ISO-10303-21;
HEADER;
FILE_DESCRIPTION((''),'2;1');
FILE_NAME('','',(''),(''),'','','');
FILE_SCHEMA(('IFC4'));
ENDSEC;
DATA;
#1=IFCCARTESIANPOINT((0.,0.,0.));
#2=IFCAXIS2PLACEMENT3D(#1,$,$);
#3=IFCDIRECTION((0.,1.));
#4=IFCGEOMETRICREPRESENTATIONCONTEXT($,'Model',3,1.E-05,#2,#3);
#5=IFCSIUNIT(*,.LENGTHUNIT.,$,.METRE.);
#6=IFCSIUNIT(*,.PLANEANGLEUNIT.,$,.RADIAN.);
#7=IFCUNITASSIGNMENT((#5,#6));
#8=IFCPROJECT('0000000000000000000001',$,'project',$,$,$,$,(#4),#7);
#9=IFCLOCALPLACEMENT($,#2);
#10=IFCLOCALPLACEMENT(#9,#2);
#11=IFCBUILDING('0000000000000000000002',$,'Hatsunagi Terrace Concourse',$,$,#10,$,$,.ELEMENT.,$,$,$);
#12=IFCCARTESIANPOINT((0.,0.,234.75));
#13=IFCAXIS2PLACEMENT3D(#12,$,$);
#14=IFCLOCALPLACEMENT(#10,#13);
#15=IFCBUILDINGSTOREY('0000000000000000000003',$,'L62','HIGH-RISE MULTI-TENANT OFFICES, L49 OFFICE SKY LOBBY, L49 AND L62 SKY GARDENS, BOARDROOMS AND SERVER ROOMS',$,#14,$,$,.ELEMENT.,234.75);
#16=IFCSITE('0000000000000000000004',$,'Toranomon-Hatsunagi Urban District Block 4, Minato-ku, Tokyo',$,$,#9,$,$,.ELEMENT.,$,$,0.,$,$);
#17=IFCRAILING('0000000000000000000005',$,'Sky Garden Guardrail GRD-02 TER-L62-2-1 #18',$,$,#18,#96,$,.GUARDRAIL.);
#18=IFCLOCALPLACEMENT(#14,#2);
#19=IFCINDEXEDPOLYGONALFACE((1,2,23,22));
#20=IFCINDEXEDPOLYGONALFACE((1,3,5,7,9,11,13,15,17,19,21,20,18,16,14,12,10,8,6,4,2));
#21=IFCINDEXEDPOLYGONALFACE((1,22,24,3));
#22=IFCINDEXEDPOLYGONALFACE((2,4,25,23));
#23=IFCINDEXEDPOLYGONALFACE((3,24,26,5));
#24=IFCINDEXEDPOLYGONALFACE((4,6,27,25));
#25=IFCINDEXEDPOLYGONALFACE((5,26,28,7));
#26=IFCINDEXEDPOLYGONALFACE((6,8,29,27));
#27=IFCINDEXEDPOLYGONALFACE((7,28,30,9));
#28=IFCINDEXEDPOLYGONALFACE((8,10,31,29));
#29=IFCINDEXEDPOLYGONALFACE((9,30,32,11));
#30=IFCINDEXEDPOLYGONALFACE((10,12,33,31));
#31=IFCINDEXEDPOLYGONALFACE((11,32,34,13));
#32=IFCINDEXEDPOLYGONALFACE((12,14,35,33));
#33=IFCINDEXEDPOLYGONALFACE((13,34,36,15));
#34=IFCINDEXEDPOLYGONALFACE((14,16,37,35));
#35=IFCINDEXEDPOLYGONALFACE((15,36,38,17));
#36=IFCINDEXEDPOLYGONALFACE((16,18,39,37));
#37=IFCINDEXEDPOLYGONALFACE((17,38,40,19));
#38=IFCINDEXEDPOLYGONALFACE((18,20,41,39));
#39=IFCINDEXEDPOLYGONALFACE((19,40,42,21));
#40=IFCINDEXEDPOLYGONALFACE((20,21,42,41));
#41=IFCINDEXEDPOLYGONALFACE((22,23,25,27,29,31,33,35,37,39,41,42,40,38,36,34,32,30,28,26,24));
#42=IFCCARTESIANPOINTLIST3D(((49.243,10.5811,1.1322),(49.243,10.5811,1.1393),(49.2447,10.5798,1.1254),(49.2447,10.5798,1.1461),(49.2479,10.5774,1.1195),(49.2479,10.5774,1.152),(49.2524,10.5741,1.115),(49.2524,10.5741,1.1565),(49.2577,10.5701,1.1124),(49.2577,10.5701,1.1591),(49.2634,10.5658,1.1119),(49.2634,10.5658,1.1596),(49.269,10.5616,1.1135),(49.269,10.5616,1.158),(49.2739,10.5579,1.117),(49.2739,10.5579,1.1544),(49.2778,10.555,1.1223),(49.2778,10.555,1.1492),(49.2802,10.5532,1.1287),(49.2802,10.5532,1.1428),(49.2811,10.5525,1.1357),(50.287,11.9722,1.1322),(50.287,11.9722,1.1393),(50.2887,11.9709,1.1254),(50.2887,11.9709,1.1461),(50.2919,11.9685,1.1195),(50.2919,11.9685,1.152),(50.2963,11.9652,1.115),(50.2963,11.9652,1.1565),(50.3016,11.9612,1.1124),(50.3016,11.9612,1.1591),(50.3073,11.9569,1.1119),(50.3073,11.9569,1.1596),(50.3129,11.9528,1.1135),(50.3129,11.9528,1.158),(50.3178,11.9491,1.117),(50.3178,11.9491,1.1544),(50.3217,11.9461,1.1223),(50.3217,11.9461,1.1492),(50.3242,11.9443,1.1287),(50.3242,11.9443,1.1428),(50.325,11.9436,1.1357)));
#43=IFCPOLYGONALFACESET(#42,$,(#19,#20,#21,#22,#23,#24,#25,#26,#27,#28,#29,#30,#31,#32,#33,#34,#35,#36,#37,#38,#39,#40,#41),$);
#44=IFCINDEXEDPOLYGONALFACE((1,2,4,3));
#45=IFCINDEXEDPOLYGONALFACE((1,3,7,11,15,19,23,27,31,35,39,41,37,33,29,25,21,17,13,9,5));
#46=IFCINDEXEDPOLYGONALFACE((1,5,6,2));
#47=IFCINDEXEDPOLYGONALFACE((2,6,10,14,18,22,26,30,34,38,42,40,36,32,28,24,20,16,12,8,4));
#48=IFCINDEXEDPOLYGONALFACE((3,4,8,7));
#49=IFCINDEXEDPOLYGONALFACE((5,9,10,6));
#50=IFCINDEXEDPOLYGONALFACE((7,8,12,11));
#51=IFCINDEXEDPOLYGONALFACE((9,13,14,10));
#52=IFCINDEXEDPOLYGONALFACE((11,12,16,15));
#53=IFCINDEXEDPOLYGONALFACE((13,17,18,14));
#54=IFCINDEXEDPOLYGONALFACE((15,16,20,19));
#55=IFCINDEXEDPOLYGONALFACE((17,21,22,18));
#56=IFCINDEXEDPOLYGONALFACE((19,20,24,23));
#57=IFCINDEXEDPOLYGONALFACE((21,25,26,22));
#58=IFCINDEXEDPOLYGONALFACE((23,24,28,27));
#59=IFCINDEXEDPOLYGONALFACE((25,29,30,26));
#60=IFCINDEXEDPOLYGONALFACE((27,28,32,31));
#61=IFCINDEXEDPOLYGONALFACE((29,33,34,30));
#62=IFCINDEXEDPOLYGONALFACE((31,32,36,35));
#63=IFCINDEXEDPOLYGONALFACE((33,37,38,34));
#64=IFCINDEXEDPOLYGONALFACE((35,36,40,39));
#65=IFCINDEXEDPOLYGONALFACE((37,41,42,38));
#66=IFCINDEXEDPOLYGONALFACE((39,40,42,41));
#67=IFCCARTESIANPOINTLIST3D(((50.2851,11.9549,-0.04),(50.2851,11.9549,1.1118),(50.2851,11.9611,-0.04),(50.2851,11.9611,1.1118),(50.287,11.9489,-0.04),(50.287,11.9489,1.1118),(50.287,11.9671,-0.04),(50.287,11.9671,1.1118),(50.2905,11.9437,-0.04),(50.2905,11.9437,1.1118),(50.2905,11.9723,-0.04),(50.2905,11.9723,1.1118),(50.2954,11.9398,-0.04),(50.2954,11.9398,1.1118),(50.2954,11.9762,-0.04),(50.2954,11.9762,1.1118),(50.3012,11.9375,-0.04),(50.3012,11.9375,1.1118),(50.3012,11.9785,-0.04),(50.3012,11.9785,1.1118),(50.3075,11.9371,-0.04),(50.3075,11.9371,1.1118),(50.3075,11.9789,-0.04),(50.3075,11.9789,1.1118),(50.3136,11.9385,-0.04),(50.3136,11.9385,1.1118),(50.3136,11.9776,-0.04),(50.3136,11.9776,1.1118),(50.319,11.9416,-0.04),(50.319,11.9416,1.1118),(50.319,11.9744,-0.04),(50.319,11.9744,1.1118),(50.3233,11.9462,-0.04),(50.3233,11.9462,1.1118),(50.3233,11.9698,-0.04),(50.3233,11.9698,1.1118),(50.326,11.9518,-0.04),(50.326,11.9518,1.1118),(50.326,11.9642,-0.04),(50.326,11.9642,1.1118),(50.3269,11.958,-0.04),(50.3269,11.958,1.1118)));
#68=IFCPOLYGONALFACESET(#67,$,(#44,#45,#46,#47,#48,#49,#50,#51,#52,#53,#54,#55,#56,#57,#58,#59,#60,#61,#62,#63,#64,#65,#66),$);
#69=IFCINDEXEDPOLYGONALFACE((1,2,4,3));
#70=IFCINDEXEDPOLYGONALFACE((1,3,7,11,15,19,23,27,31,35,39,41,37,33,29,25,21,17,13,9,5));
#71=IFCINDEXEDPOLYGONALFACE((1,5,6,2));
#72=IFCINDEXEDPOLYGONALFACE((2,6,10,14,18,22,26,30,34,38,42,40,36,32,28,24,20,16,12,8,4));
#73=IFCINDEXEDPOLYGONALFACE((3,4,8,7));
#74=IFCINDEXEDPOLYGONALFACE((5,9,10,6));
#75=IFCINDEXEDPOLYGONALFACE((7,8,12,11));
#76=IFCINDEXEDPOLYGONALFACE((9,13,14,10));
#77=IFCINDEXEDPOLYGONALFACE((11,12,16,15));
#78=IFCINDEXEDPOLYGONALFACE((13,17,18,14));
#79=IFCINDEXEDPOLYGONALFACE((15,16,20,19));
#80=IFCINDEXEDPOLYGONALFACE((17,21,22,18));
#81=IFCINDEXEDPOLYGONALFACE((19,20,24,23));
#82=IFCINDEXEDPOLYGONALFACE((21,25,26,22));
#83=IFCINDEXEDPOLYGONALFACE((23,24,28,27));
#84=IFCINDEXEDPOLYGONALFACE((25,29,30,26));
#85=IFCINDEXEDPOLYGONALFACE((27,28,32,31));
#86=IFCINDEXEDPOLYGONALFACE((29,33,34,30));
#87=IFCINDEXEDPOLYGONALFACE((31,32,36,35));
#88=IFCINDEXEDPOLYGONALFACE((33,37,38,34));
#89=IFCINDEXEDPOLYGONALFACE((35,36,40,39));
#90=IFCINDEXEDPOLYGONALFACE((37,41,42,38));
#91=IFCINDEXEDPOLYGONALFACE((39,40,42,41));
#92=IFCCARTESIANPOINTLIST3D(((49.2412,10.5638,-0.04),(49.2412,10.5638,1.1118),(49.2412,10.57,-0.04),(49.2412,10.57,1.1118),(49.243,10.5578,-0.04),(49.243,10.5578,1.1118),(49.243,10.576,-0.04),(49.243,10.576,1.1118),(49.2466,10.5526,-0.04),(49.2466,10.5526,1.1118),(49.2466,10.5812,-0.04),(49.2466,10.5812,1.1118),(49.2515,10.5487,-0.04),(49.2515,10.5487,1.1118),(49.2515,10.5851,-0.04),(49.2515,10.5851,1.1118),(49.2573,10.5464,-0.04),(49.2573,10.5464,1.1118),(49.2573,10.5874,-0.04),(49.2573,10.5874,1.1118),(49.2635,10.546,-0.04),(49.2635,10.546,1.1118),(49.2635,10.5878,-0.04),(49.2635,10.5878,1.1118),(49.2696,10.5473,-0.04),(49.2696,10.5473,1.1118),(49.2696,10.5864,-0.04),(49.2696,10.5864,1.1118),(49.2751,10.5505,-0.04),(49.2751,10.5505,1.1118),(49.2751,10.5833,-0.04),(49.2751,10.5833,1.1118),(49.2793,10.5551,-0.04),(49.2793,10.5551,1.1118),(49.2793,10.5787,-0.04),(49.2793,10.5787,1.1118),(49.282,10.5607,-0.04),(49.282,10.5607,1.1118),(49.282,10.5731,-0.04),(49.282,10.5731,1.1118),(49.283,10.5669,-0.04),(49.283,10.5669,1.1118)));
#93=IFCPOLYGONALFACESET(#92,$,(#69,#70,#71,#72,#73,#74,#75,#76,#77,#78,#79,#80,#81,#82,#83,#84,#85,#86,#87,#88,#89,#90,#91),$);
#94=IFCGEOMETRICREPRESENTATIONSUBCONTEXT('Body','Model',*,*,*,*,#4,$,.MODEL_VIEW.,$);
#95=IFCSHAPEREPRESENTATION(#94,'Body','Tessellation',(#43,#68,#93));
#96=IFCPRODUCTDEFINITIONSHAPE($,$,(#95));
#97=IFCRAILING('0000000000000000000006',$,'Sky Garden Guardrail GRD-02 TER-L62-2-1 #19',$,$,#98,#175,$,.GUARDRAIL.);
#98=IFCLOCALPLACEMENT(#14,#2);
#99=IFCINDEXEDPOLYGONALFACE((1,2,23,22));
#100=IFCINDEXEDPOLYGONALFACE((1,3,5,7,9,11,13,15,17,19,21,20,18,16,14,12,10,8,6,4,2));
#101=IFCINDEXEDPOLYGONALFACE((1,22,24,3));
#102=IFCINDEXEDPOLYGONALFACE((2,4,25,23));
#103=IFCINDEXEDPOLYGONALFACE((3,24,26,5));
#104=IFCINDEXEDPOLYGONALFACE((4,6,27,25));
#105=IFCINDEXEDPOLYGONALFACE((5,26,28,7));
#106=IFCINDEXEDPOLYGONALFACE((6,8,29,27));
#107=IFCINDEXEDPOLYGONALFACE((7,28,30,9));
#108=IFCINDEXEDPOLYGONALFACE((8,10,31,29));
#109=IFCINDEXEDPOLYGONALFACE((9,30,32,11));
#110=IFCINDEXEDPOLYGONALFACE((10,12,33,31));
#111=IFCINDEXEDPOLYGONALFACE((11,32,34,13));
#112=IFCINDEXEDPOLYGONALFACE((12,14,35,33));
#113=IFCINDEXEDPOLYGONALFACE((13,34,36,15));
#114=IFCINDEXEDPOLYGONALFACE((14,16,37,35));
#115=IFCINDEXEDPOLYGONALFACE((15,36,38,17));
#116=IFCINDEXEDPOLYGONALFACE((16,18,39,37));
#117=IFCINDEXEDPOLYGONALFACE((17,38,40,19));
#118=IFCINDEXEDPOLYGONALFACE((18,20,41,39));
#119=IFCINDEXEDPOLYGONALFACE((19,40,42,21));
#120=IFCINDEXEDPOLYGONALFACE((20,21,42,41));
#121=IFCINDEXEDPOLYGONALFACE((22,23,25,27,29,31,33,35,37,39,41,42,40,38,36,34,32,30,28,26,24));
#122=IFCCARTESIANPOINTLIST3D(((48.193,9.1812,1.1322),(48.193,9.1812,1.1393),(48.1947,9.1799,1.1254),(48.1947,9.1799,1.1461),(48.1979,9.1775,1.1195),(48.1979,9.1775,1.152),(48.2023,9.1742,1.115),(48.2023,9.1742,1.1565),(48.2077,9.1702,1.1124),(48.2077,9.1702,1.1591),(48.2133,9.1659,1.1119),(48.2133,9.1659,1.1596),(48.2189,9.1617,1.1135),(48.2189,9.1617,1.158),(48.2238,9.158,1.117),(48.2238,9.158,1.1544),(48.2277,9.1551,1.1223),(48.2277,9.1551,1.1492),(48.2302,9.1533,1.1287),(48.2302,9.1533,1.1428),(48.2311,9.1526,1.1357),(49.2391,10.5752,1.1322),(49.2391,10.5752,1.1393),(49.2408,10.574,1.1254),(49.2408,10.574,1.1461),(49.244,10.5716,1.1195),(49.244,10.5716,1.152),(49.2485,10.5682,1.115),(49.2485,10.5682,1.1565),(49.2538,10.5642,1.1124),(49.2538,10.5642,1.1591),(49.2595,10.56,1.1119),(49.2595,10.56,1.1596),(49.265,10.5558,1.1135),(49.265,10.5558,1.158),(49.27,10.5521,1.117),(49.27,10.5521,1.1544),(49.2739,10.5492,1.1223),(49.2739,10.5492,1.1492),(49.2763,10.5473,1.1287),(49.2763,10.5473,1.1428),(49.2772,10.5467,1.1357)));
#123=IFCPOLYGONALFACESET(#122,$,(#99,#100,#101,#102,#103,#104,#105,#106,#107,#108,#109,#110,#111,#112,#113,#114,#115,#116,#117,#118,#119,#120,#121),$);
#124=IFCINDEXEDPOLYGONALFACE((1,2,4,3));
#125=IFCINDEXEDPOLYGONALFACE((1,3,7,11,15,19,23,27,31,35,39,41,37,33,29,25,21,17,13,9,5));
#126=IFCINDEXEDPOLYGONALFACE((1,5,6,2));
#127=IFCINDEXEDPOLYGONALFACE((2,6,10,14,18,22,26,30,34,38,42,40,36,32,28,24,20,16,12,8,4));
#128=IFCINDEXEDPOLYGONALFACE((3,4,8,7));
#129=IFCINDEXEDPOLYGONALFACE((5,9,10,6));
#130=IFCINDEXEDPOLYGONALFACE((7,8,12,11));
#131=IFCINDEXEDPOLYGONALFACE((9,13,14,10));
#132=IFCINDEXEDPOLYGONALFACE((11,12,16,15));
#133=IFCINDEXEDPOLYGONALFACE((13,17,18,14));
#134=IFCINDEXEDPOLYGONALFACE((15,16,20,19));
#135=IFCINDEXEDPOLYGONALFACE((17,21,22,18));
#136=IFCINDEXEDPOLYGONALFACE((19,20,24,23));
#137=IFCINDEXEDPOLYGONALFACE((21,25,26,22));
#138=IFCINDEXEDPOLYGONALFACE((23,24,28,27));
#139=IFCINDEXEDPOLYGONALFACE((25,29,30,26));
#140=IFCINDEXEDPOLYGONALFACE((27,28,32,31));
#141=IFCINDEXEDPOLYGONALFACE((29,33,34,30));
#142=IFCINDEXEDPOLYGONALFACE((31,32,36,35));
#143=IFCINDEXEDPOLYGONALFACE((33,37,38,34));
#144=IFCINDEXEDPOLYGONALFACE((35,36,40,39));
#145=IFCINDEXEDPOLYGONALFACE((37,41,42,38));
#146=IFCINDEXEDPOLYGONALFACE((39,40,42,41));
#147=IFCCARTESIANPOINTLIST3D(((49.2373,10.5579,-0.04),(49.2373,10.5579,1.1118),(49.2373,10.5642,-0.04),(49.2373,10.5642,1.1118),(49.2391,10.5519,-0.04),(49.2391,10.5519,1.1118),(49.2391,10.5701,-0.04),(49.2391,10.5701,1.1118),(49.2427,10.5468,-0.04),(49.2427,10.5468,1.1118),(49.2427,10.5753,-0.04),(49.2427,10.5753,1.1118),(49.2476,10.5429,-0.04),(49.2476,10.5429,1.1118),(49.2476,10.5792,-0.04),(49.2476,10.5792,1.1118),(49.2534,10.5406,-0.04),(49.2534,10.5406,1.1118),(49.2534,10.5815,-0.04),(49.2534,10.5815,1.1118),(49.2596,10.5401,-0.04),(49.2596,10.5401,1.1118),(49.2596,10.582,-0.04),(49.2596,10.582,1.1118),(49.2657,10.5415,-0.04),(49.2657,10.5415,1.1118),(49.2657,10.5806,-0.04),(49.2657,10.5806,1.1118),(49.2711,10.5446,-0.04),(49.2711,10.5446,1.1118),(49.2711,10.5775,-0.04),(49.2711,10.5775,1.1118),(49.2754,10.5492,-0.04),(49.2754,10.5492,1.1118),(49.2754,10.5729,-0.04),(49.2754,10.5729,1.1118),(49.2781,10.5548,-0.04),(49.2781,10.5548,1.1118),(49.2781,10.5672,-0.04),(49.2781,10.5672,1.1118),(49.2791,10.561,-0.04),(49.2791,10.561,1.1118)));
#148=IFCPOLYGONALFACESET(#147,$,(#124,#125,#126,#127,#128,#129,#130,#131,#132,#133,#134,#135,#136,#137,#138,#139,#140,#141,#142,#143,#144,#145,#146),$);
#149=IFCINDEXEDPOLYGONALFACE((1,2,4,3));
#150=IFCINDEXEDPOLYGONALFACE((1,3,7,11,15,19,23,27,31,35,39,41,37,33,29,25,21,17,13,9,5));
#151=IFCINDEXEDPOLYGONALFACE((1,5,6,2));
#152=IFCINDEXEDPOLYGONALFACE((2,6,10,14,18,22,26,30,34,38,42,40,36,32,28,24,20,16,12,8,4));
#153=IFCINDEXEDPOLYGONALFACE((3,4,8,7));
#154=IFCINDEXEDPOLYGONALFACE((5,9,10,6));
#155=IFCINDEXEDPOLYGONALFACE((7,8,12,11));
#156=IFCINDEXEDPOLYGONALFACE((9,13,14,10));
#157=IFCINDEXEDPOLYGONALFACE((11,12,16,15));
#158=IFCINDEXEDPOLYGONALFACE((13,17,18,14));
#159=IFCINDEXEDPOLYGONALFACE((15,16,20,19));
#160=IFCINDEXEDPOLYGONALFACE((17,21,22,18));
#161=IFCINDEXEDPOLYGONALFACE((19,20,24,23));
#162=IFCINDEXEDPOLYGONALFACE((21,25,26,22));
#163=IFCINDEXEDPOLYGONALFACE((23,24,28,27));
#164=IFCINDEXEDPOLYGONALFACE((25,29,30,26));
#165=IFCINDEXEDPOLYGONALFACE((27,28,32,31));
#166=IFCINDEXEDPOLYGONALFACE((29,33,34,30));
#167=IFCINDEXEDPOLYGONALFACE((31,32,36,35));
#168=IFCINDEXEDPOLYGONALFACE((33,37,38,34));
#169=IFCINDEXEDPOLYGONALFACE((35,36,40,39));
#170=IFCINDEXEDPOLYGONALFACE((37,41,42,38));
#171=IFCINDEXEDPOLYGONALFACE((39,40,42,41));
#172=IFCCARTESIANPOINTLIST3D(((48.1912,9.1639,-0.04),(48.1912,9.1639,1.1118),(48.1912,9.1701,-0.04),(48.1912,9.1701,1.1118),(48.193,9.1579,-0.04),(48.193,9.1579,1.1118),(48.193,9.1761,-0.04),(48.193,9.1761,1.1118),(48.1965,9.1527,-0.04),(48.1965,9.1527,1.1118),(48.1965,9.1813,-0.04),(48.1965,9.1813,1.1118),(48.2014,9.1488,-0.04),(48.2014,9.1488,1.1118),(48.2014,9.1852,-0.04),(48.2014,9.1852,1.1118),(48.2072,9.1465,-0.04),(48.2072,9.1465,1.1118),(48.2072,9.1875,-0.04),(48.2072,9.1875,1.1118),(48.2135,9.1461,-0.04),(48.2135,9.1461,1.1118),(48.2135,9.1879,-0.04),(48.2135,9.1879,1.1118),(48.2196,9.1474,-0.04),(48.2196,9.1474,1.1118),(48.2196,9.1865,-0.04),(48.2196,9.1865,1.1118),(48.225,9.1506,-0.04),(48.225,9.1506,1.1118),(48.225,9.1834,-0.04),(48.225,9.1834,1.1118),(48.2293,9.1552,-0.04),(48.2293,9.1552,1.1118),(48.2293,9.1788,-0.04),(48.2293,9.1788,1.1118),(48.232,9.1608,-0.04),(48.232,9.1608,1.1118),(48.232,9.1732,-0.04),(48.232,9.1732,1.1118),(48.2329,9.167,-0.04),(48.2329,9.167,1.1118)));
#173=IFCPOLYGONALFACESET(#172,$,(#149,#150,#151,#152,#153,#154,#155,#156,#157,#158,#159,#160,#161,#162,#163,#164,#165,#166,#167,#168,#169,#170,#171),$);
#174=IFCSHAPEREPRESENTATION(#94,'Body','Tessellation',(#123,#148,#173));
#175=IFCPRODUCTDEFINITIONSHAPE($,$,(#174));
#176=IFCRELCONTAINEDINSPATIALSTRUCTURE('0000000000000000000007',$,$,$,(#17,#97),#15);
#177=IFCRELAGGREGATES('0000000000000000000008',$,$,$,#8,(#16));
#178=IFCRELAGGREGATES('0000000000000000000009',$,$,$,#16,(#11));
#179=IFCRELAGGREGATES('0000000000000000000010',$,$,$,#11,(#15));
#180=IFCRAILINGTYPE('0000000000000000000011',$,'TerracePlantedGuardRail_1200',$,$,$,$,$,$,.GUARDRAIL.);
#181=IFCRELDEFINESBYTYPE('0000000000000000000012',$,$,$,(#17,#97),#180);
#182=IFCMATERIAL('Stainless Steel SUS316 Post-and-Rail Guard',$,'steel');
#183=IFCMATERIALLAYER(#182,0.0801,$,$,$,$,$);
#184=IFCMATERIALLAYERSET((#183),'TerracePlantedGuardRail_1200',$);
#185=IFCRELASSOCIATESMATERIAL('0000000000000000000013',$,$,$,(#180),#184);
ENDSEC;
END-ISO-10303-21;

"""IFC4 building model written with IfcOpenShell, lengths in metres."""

from ifc_helpers import new_model, si_unit, direction, frame, origin, origin_2d, place, context, subcontext, project, spatial, circle, extrude, material, layer, layer_set, type_object, element, save


model = new_model("IFC4")

# Units and contexts
model_context = context("Model", 3, precision=1e-05, world=origin(), true_north=direction((0.0, 1.0)))
body_context = subcontext(model_context, "Body", "Model", "MODEL_VIEW")
ifc_project = project(units=[si_unit("LENGTHUNIT", "METRE"), si_unit("PLANEANGLEUNIT", "RADIAN")], contexts=[model_context])

# Site, building, storey
site_placement = place(None, origin())
site = spatial("IfcSite", under=ifc_project, at=site_placement, Name="Toranomon-Hatsunagi Urban District Block 4, Minato-ku, Tokyo", CompositionType="ELEMENT", RefElevation=0.0)
building_placement = place(site_placement, origin())
building = spatial("IfcBuilding", under=site, at=building_placement, Name="Hatsunagi Terrace Concourse", CompositionType="ELEMENT")
storey_placement = place(building_placement, frame((0.0, 0.0, 234.75)))
storey = spatial("IfcBuildingStorey", under=building, at=storey_placement, Name="L62", Description="HIGH-RISE MULTI-TENANT OFFICES, L49 OFFICE SKY LOBBY, L49 AND L62 SKY GARDENS, BOARDROOMS AND SERVER ROOMS", CompositionType="ELEMENT", Elevation=234.75)

# Railings
ifc_material_1 = material(Name="Stainless Steel SUS316 Post-and-Rail Guard", Category="steel")
ifc_layer_1 = layer(ifc_material_1, 0.0801)
ifc_layer_set_1 = layer_set([ifc_layer_1], Name="TerracePlantedGuardRail_1200")
railing_type = type_object("IfcRailingType", Name="TerracePlantedGuardRail_1200", PredefinedType="GUARDRAIL", material=ifc_layer_set_1)
railing_1_placement = place(storey_placement, frame((50.3059, 11.958, -0.04)))
element("IfcRailing", 1, at=railing_1_placement, inside=storey, type_object=railing_type, Name="Sky Garden Guardrail GRD-02 TER-L62-2-1 #18", PredefinedType="GUARDRAIL", context=body_context, shape_type="SweptSolid", body=[
    extrude(circle(Radius=0.0239, at=origin_2d()), frame((0.0, 0.0, 1.1758), z_axis=(-0.600225, -0.799832, 0.0), x_axis=(0.799832, -0.600225, 0.0)), (0.0, 0.0, 1.0), 1.7393),
    extrude(circle(Radius=0.021, at=origin_2d()), origin(), (0.0, 0.0, 1.0), 1.1519),
    extrude(circle(Radius=0.021, at=origin_2d()), frame((-1.0439, -1.3911, 0.0)), (0.0, 0.0, 1.0), 1.1519),
])
railing_2_placement = place(storey_placement, frame((49.2581, 10.561, -0.04)))
element("IfcRailing", 2, at=railing_2_placement, inside=storey, type_object=railing_type, Name="Sky Garden Guardrail GRD-02 TER-L62-2-1 #19", PredefinedType="GUARDRAIL", context=body_context, shape_type="SweptSolid", body=[
    extrude(circle(Radius=0.0239, at=origin_2d()), frame((0.0, 0.0, 1.1758), z_axis=(-0.600224, -0.799832, 0.0), x_axis=(0.799832, -0.600224, 0.0)), (0.0, 0.0, 1.0), 1.7429),
    extrude(circle(Radius=0.021, at=origin_2d()), origin(), (0.0, 0.0, 1.0), 1.1519),
    extrude(circle(Radius=0.021, at=origin_2d()), frame((-1.0461, -1.394, 0.0)), (0.0, 0.0, 1.0), 1.1519),
])

save(model, "model.ifc")
